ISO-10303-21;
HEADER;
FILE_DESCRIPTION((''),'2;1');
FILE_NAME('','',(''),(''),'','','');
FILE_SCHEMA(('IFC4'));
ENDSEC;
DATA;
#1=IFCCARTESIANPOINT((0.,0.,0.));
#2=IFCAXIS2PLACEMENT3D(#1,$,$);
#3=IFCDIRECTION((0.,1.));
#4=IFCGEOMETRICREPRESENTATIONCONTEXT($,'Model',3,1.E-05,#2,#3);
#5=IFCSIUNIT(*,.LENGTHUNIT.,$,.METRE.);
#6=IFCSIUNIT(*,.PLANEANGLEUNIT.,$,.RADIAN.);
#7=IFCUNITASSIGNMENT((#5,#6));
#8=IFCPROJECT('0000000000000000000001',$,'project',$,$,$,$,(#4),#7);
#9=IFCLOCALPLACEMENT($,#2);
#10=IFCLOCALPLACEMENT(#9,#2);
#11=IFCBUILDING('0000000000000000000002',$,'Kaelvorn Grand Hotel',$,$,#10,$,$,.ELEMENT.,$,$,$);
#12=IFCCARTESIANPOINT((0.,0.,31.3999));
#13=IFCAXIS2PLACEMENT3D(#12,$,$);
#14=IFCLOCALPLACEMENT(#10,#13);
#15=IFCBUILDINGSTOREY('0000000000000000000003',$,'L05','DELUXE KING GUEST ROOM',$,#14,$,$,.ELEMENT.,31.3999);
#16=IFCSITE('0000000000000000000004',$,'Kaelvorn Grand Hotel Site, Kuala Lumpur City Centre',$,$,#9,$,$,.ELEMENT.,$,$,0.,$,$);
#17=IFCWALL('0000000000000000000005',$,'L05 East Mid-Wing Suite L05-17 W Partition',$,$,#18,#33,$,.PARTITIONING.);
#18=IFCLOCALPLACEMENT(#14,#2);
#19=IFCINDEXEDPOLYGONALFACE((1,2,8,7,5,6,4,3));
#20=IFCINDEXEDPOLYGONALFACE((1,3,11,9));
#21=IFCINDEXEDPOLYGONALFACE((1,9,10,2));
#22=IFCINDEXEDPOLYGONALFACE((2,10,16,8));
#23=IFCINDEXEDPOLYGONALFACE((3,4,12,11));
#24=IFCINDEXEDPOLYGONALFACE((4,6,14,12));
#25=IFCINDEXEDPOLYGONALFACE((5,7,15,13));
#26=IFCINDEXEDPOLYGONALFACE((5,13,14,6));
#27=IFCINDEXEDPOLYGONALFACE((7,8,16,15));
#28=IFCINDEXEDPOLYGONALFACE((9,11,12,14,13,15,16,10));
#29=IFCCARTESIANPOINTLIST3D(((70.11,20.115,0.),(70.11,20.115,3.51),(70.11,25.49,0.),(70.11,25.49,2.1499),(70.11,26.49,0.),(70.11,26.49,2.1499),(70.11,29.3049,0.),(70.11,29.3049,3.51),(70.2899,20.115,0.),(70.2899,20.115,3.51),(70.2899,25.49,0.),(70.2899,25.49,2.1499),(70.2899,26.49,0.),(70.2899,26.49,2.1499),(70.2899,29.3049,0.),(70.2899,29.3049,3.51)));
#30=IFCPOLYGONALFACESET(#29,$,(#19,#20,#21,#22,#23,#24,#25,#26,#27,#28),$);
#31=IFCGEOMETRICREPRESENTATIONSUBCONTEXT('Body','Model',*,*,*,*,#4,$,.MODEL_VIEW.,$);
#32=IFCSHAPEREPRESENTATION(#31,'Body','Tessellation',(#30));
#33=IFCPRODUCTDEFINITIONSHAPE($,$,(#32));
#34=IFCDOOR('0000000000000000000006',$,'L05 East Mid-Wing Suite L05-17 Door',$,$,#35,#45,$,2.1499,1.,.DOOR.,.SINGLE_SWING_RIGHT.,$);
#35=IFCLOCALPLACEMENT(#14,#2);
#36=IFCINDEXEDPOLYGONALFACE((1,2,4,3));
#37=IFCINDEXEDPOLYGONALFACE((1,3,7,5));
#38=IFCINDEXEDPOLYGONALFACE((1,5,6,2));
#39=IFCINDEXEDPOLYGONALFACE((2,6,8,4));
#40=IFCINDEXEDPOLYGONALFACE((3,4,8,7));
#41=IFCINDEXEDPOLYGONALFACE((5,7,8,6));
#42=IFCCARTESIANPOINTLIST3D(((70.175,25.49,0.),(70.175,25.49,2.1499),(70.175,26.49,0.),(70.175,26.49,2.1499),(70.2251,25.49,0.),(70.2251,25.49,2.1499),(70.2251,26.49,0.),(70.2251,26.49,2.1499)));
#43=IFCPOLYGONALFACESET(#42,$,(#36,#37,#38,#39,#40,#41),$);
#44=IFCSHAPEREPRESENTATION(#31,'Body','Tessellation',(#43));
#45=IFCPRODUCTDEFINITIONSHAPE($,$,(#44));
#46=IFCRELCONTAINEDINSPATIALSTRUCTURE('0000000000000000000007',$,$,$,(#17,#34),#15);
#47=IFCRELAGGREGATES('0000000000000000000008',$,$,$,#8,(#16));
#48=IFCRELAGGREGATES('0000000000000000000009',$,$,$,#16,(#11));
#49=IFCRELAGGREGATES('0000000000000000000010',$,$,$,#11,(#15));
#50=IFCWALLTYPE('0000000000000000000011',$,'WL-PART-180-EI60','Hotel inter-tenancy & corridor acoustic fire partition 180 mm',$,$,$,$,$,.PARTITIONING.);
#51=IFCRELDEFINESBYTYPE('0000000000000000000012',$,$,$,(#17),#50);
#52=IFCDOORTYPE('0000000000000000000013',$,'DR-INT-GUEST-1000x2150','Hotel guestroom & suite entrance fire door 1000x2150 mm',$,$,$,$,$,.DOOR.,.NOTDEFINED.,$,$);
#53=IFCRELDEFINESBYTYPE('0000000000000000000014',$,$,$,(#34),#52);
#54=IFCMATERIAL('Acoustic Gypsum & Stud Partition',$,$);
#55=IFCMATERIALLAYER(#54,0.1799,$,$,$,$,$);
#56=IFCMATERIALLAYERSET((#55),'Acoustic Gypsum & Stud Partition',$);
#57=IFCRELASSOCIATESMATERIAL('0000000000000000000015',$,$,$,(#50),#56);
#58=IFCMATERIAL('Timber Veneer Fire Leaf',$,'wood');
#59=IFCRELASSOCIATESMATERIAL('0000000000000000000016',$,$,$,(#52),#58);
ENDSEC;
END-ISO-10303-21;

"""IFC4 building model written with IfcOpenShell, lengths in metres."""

from ifc_helpers import new_model, si_unit, direction, frame, frame_2d, origin, place, context, subcontext, project, spatial, rectangle, extrude, material, layer, layer_set, type_object, element, fill, save


model = new_model("IFC4")

# Units and contexts
model_context = context("Model", 3, precision=1e-05, world=origin(), true_north=direction((0.0, 1.0)))
body_context = subcontext(model_context, "Body", "Model", "MODEL_VIEW")
ifc_project = project(units=[si_unit("LENGTHUNIT", "METRE"), si_unit("PLANEANGLEUNIT", "RADIAN")], contexts=[model_context])

# Site, building, storey
site_placement = place(None, origin())
site = spatial("IfcSite", under=ifc_project, at=site_placement, Name="Kaelvorn Grand Hotel Site, Kuala Lumpur City Centre", CompositionType="ELEMENT", RefElevation=0.0)
building_placement = place(site_placement, origin())
building = spatial("IfcBuilding", under=site, at=building_placement, Name="Kaelvorn Grand Hotel", CompositionType="ELEMENT")
storey_placement = place(building_placement, frame((0.0, 0.0, 31.3999)))
storey = spatial("IfcBuildingStorey", under=building, at=storey_placement, Name="L05", Description="DELUXE KING GUEST ROOM", CompositionType="ELEMENT", Elevation=31.3999)

# Shared definitions
ifc_material_1 = material(Name="Acoustic Gypsum & Stud Partition")
ifc_layer_1 = layer(ifc_material_1, 0.1799)
ifc_layer_set_1 = layer_set([ifc_layer_1], Name="Acoustic Gypsum & Stud Partition")
wall_type_1 = type_object("IfcWallType", Name="WL-PART-180-EI60", Description="Hotel inter-tenancy & corridor acoustic fire partition 180 mm", PredefinedType="PARTITIONING", material=ifc_layer_set_1)

# Wall, opening, door
wall_1_placement = place(storey_placement, frame((70.2, 20.115, 0.0), z_axis=(0.0, 0.0, 1.0), x_axis=(0.0, 1.0, 0.0)))
wall_1 = element("IfcWall", 1, at=wall_1_placement, inside=storey, type_object=wall_type_1, Name="L05 East Mid-Wing Suite L05-17 W Partition", PredefinedType="PARTITIONING", context=body_context, shape_type="SweptSolid", body=[
    extrude(rectangle(XDim=9.1899, YDim=0.1799, at=frame_2d((4.595, 0.0))), origin(), (0.0, 0.0, 1.0), 3.51),
])
opening_1_placement = place(wall_1_placement, frame((5.375, 0.0, 0.0)))
opening_1 = element("IfcOpeningElement", 2, at=opening_1_placement, cuts=wall_1, PredefinedType="OPENING", context=body_context, shape_type="SweptSolid", body=[
    extrude(rectangle(XDim=1.0, YDim=2.1499, at=frame_2d((0.5, 1.075))), frame((0.0, 0.1001, 0.0), z_axis=(0.0, -1.0, 0.0), x_axis=(1.0, 0.0, 0.0)), (0.0, 0.0, 1.0), 0.2),
])
ifc_material_2 = material(Name="Timber Veneer Fire Leaf", Category="wood")
door_type_1 = type_object("IfcDoorType", Name="DR-INT-GUEST-1000x2150", Description="Hotel guestroom & suite entrance fire door 1000x2150 mm", OperationType="NOTDEFINED", PredefinedType="DOOR", material=ifc_material_2)
door_1_placement = place(opening_1_placement, origin())
door_1 = element("IfcDoor", 3, at=door_1_placement, inside=storey, type_object=door_type_1, Name="L05 East Mid-Wing Suite L05-17 Door", OperationType="SINGLE_SWING_RIGHT", OverallHeight=2.1499, OverallWidth=1.0, PredefinedType="DOOR", context=body_context, shape_type="SweptSolid", body=[
    extrude(rectangle(XDim=1.0, YDim=2.1499, at=frame_2d((0.5, 1.075))), frame((0.0, 0.0249, 0.0), z_axis=(0.0, -1.0, 0.0), x_axis=(1.0, 0.0, 0.0)), (0.0, 0.0, 1.0), 0.05),
])
fill(opening_1, door_1)

save(model, "model.ifc")
